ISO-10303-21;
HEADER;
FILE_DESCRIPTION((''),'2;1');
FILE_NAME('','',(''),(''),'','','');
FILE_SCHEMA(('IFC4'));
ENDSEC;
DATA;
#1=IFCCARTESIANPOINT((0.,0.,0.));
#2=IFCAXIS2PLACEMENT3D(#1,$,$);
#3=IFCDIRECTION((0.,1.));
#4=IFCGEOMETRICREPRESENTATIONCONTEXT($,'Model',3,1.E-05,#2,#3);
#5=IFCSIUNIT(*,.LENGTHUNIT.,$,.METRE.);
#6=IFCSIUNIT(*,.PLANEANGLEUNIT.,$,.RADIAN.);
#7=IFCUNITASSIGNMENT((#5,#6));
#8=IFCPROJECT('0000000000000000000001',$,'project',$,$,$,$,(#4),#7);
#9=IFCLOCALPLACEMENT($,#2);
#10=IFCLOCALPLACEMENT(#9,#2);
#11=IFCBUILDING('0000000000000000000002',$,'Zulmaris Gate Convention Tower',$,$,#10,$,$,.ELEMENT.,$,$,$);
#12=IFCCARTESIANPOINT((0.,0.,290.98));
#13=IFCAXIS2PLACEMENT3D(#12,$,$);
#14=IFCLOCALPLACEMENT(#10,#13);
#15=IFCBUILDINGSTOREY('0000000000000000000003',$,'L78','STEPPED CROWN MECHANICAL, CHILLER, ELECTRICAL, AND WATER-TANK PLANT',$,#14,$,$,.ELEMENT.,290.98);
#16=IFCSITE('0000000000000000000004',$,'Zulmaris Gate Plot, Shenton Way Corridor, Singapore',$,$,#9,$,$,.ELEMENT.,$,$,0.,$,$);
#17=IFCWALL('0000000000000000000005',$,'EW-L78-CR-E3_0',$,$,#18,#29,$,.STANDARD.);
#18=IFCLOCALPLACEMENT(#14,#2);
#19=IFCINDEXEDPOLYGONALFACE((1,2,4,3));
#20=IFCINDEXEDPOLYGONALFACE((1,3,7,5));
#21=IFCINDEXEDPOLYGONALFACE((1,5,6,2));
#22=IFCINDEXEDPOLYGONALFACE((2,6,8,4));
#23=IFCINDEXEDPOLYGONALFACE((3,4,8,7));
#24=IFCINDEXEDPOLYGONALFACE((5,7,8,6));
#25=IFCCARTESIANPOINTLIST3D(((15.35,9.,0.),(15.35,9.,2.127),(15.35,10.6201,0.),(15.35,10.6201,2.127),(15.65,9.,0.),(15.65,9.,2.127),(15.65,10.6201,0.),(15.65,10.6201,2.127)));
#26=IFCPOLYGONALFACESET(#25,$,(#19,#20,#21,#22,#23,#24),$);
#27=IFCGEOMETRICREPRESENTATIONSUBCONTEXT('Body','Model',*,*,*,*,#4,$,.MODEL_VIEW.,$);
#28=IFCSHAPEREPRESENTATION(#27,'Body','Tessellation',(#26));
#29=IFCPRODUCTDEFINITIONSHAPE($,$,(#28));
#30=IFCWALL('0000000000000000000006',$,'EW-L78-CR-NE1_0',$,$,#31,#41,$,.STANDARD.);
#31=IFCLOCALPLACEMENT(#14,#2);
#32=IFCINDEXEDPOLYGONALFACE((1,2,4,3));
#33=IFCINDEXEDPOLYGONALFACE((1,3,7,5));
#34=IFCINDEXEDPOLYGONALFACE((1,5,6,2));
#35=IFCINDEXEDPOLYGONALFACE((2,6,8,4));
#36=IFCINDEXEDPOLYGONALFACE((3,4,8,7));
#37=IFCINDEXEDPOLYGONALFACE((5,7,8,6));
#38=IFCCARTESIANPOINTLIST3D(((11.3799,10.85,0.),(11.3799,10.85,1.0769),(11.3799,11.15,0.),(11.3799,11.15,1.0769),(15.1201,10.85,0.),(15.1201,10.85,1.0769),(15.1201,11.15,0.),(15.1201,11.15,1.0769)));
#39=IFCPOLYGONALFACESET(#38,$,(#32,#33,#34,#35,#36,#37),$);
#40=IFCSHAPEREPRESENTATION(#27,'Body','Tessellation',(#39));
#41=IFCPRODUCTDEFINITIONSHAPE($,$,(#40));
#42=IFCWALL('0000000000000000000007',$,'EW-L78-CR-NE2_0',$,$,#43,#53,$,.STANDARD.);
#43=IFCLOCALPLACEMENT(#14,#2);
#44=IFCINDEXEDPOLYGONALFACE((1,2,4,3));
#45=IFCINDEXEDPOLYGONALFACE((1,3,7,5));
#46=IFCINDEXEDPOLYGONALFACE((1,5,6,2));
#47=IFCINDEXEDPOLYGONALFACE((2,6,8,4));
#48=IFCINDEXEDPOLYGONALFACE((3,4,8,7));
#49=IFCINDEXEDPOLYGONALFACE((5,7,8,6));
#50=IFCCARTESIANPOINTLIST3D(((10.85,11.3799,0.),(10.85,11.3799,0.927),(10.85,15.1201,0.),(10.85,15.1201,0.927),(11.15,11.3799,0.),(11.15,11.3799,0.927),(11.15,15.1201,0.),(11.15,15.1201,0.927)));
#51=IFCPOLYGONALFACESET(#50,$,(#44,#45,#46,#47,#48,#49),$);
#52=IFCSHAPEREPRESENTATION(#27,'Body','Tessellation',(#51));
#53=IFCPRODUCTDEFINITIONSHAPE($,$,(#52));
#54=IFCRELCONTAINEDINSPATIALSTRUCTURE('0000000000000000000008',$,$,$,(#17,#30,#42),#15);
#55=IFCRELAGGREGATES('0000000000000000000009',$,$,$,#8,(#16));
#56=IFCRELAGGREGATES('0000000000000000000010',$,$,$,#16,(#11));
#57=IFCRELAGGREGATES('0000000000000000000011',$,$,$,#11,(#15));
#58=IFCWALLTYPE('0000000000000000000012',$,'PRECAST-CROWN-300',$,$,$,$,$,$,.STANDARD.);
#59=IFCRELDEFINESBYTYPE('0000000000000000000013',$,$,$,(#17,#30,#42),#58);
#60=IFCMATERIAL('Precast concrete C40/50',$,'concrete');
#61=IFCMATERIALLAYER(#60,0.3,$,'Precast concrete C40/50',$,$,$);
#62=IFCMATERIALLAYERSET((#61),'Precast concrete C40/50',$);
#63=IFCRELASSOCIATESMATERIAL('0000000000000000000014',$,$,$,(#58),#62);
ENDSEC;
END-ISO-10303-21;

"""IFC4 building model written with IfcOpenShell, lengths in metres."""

from ifc_helpers import new_model, si_unit, direction, frame, frame_2d, origin, place, context, subcontext, project, spatial, rectangle, extrude, material, layer, layer_set, type_object, element, save


model = new_model("IFC4")

# Units and contexts
model_context = context("Model", 3, precision=1e-05, world=origin(), true_north=direction((0.0, 1.0)))
body_context = subcontext(model_context, "Body", "Model", "MODEL_VIEW")
ifc_project = project(units=[si_unit("LENGTHUNIT", "METRE"), si_unit("PLANEANGLEUNIT", "RADIAN")], contexts=[model_context])

# Site, building, storey
site_placement = place(None, origin())
site = spatial("IfcSite", under=ifc_project, at=site_placement, Name="Zulmaris Gate Plot, Shenton Way Corridor, Singapore", CompositionType="ELEMENT", RefElevation=0.0)
building_placement = place(site_placement, origin())
building = spatial("IfcBuilding", under=site, at=building_placement, Name="Zulmaris Gate Convention Tower", CompositionType="ELEMENT")
storey_placement = place(building_placement, frame((0.0, 0.0, 290.98)))
storey = spatial("IfcBuildingStorey", under=building, at=storey_placement, Name="L78", Description="STEPPED CROWN MECHANICAL, CHILLER, ELECTRICAL, AND WATER-TANK PLANT", CompositionType="ELEMENT", Elevation=290.98)

# Walls
ifc_material_1 = material(Name="Precast concrete C40/50", Category="concrete")
ifc_layer_1 = layer(ifc_material_1, 0.3, Name="Precast concrete C40/50")
ifc_layer_set_1 = layer_set([ifc_layer_1], Name="Precast concrete C40/50")
wall_type_1 = type_object("IfcWallType", Name="PRECAST-CROWN-300", PredefinedType="STANDARD", material=ifc_layer_set_1)
wall_1_placement = place(storey_placement, frame((15.5, 9.0, 0.0), z_axis=(0.0, 0.0, 1.0), x_axis=(0.0, 1.0, 0.0)))
element("IfcWall", 1, at=wall_1_placement, inside=storey, type_object=wall_type_1, Name="EW-L78-CR-E3_0", PredefinedType="STANDARD", context=body_context, shape_type="SweptSolid", body=[
    extrude(rectangle(XDim=1.6201, YDim=0.3, at=frame_2d((0.8101, 0.0))), origin(), (0.0, 0.0, 1.0), 2.127),
])
wall_2_placement = place(storey_placement, frame((15.1201, 11.0, 0.0), z_axis=(0.0, 0.0, 1.0), x_axis=(-1.0, 0.0, 0.0)))
element("IfcWall", 2, at=wall_2_placement, inside=storey, type_object=wall_type_1, Name="EW-L78-CR-NE1_0", PredefinedType="STANDARD", context=body_context, shape_type="SweptSolid", body=[
    extrude(rectangle(XDim=3.7402, YDim=0.3, at=frame_2d((1.8701, 0.0))), origin(), (0.0, 0.0, 1.0), 1.0769),
])
wall_3_placement = place(storey_placement, frame((11.0, 11.3799, 0.0), z_axis=(0.0, 0.0, 1.0), x_axis=(0.0, 1.0, 0.0)))
element("IfcWall", 3, at=wall_3_placement, inside=storey, type_object=wall_type_1, Name="EW-L78-CR-NE2_0", PredefinedType="STANDARD", context=body_context, shape_type="SweptSolid", body=[
    extrude(rectangle(XDim=3.7402, YDim=0.3, at=frame_2d((1.8701, 0.0))), origin(), (0.0, 0.0, 1.0), 0.927),
])

save(model, "model.ifc")
